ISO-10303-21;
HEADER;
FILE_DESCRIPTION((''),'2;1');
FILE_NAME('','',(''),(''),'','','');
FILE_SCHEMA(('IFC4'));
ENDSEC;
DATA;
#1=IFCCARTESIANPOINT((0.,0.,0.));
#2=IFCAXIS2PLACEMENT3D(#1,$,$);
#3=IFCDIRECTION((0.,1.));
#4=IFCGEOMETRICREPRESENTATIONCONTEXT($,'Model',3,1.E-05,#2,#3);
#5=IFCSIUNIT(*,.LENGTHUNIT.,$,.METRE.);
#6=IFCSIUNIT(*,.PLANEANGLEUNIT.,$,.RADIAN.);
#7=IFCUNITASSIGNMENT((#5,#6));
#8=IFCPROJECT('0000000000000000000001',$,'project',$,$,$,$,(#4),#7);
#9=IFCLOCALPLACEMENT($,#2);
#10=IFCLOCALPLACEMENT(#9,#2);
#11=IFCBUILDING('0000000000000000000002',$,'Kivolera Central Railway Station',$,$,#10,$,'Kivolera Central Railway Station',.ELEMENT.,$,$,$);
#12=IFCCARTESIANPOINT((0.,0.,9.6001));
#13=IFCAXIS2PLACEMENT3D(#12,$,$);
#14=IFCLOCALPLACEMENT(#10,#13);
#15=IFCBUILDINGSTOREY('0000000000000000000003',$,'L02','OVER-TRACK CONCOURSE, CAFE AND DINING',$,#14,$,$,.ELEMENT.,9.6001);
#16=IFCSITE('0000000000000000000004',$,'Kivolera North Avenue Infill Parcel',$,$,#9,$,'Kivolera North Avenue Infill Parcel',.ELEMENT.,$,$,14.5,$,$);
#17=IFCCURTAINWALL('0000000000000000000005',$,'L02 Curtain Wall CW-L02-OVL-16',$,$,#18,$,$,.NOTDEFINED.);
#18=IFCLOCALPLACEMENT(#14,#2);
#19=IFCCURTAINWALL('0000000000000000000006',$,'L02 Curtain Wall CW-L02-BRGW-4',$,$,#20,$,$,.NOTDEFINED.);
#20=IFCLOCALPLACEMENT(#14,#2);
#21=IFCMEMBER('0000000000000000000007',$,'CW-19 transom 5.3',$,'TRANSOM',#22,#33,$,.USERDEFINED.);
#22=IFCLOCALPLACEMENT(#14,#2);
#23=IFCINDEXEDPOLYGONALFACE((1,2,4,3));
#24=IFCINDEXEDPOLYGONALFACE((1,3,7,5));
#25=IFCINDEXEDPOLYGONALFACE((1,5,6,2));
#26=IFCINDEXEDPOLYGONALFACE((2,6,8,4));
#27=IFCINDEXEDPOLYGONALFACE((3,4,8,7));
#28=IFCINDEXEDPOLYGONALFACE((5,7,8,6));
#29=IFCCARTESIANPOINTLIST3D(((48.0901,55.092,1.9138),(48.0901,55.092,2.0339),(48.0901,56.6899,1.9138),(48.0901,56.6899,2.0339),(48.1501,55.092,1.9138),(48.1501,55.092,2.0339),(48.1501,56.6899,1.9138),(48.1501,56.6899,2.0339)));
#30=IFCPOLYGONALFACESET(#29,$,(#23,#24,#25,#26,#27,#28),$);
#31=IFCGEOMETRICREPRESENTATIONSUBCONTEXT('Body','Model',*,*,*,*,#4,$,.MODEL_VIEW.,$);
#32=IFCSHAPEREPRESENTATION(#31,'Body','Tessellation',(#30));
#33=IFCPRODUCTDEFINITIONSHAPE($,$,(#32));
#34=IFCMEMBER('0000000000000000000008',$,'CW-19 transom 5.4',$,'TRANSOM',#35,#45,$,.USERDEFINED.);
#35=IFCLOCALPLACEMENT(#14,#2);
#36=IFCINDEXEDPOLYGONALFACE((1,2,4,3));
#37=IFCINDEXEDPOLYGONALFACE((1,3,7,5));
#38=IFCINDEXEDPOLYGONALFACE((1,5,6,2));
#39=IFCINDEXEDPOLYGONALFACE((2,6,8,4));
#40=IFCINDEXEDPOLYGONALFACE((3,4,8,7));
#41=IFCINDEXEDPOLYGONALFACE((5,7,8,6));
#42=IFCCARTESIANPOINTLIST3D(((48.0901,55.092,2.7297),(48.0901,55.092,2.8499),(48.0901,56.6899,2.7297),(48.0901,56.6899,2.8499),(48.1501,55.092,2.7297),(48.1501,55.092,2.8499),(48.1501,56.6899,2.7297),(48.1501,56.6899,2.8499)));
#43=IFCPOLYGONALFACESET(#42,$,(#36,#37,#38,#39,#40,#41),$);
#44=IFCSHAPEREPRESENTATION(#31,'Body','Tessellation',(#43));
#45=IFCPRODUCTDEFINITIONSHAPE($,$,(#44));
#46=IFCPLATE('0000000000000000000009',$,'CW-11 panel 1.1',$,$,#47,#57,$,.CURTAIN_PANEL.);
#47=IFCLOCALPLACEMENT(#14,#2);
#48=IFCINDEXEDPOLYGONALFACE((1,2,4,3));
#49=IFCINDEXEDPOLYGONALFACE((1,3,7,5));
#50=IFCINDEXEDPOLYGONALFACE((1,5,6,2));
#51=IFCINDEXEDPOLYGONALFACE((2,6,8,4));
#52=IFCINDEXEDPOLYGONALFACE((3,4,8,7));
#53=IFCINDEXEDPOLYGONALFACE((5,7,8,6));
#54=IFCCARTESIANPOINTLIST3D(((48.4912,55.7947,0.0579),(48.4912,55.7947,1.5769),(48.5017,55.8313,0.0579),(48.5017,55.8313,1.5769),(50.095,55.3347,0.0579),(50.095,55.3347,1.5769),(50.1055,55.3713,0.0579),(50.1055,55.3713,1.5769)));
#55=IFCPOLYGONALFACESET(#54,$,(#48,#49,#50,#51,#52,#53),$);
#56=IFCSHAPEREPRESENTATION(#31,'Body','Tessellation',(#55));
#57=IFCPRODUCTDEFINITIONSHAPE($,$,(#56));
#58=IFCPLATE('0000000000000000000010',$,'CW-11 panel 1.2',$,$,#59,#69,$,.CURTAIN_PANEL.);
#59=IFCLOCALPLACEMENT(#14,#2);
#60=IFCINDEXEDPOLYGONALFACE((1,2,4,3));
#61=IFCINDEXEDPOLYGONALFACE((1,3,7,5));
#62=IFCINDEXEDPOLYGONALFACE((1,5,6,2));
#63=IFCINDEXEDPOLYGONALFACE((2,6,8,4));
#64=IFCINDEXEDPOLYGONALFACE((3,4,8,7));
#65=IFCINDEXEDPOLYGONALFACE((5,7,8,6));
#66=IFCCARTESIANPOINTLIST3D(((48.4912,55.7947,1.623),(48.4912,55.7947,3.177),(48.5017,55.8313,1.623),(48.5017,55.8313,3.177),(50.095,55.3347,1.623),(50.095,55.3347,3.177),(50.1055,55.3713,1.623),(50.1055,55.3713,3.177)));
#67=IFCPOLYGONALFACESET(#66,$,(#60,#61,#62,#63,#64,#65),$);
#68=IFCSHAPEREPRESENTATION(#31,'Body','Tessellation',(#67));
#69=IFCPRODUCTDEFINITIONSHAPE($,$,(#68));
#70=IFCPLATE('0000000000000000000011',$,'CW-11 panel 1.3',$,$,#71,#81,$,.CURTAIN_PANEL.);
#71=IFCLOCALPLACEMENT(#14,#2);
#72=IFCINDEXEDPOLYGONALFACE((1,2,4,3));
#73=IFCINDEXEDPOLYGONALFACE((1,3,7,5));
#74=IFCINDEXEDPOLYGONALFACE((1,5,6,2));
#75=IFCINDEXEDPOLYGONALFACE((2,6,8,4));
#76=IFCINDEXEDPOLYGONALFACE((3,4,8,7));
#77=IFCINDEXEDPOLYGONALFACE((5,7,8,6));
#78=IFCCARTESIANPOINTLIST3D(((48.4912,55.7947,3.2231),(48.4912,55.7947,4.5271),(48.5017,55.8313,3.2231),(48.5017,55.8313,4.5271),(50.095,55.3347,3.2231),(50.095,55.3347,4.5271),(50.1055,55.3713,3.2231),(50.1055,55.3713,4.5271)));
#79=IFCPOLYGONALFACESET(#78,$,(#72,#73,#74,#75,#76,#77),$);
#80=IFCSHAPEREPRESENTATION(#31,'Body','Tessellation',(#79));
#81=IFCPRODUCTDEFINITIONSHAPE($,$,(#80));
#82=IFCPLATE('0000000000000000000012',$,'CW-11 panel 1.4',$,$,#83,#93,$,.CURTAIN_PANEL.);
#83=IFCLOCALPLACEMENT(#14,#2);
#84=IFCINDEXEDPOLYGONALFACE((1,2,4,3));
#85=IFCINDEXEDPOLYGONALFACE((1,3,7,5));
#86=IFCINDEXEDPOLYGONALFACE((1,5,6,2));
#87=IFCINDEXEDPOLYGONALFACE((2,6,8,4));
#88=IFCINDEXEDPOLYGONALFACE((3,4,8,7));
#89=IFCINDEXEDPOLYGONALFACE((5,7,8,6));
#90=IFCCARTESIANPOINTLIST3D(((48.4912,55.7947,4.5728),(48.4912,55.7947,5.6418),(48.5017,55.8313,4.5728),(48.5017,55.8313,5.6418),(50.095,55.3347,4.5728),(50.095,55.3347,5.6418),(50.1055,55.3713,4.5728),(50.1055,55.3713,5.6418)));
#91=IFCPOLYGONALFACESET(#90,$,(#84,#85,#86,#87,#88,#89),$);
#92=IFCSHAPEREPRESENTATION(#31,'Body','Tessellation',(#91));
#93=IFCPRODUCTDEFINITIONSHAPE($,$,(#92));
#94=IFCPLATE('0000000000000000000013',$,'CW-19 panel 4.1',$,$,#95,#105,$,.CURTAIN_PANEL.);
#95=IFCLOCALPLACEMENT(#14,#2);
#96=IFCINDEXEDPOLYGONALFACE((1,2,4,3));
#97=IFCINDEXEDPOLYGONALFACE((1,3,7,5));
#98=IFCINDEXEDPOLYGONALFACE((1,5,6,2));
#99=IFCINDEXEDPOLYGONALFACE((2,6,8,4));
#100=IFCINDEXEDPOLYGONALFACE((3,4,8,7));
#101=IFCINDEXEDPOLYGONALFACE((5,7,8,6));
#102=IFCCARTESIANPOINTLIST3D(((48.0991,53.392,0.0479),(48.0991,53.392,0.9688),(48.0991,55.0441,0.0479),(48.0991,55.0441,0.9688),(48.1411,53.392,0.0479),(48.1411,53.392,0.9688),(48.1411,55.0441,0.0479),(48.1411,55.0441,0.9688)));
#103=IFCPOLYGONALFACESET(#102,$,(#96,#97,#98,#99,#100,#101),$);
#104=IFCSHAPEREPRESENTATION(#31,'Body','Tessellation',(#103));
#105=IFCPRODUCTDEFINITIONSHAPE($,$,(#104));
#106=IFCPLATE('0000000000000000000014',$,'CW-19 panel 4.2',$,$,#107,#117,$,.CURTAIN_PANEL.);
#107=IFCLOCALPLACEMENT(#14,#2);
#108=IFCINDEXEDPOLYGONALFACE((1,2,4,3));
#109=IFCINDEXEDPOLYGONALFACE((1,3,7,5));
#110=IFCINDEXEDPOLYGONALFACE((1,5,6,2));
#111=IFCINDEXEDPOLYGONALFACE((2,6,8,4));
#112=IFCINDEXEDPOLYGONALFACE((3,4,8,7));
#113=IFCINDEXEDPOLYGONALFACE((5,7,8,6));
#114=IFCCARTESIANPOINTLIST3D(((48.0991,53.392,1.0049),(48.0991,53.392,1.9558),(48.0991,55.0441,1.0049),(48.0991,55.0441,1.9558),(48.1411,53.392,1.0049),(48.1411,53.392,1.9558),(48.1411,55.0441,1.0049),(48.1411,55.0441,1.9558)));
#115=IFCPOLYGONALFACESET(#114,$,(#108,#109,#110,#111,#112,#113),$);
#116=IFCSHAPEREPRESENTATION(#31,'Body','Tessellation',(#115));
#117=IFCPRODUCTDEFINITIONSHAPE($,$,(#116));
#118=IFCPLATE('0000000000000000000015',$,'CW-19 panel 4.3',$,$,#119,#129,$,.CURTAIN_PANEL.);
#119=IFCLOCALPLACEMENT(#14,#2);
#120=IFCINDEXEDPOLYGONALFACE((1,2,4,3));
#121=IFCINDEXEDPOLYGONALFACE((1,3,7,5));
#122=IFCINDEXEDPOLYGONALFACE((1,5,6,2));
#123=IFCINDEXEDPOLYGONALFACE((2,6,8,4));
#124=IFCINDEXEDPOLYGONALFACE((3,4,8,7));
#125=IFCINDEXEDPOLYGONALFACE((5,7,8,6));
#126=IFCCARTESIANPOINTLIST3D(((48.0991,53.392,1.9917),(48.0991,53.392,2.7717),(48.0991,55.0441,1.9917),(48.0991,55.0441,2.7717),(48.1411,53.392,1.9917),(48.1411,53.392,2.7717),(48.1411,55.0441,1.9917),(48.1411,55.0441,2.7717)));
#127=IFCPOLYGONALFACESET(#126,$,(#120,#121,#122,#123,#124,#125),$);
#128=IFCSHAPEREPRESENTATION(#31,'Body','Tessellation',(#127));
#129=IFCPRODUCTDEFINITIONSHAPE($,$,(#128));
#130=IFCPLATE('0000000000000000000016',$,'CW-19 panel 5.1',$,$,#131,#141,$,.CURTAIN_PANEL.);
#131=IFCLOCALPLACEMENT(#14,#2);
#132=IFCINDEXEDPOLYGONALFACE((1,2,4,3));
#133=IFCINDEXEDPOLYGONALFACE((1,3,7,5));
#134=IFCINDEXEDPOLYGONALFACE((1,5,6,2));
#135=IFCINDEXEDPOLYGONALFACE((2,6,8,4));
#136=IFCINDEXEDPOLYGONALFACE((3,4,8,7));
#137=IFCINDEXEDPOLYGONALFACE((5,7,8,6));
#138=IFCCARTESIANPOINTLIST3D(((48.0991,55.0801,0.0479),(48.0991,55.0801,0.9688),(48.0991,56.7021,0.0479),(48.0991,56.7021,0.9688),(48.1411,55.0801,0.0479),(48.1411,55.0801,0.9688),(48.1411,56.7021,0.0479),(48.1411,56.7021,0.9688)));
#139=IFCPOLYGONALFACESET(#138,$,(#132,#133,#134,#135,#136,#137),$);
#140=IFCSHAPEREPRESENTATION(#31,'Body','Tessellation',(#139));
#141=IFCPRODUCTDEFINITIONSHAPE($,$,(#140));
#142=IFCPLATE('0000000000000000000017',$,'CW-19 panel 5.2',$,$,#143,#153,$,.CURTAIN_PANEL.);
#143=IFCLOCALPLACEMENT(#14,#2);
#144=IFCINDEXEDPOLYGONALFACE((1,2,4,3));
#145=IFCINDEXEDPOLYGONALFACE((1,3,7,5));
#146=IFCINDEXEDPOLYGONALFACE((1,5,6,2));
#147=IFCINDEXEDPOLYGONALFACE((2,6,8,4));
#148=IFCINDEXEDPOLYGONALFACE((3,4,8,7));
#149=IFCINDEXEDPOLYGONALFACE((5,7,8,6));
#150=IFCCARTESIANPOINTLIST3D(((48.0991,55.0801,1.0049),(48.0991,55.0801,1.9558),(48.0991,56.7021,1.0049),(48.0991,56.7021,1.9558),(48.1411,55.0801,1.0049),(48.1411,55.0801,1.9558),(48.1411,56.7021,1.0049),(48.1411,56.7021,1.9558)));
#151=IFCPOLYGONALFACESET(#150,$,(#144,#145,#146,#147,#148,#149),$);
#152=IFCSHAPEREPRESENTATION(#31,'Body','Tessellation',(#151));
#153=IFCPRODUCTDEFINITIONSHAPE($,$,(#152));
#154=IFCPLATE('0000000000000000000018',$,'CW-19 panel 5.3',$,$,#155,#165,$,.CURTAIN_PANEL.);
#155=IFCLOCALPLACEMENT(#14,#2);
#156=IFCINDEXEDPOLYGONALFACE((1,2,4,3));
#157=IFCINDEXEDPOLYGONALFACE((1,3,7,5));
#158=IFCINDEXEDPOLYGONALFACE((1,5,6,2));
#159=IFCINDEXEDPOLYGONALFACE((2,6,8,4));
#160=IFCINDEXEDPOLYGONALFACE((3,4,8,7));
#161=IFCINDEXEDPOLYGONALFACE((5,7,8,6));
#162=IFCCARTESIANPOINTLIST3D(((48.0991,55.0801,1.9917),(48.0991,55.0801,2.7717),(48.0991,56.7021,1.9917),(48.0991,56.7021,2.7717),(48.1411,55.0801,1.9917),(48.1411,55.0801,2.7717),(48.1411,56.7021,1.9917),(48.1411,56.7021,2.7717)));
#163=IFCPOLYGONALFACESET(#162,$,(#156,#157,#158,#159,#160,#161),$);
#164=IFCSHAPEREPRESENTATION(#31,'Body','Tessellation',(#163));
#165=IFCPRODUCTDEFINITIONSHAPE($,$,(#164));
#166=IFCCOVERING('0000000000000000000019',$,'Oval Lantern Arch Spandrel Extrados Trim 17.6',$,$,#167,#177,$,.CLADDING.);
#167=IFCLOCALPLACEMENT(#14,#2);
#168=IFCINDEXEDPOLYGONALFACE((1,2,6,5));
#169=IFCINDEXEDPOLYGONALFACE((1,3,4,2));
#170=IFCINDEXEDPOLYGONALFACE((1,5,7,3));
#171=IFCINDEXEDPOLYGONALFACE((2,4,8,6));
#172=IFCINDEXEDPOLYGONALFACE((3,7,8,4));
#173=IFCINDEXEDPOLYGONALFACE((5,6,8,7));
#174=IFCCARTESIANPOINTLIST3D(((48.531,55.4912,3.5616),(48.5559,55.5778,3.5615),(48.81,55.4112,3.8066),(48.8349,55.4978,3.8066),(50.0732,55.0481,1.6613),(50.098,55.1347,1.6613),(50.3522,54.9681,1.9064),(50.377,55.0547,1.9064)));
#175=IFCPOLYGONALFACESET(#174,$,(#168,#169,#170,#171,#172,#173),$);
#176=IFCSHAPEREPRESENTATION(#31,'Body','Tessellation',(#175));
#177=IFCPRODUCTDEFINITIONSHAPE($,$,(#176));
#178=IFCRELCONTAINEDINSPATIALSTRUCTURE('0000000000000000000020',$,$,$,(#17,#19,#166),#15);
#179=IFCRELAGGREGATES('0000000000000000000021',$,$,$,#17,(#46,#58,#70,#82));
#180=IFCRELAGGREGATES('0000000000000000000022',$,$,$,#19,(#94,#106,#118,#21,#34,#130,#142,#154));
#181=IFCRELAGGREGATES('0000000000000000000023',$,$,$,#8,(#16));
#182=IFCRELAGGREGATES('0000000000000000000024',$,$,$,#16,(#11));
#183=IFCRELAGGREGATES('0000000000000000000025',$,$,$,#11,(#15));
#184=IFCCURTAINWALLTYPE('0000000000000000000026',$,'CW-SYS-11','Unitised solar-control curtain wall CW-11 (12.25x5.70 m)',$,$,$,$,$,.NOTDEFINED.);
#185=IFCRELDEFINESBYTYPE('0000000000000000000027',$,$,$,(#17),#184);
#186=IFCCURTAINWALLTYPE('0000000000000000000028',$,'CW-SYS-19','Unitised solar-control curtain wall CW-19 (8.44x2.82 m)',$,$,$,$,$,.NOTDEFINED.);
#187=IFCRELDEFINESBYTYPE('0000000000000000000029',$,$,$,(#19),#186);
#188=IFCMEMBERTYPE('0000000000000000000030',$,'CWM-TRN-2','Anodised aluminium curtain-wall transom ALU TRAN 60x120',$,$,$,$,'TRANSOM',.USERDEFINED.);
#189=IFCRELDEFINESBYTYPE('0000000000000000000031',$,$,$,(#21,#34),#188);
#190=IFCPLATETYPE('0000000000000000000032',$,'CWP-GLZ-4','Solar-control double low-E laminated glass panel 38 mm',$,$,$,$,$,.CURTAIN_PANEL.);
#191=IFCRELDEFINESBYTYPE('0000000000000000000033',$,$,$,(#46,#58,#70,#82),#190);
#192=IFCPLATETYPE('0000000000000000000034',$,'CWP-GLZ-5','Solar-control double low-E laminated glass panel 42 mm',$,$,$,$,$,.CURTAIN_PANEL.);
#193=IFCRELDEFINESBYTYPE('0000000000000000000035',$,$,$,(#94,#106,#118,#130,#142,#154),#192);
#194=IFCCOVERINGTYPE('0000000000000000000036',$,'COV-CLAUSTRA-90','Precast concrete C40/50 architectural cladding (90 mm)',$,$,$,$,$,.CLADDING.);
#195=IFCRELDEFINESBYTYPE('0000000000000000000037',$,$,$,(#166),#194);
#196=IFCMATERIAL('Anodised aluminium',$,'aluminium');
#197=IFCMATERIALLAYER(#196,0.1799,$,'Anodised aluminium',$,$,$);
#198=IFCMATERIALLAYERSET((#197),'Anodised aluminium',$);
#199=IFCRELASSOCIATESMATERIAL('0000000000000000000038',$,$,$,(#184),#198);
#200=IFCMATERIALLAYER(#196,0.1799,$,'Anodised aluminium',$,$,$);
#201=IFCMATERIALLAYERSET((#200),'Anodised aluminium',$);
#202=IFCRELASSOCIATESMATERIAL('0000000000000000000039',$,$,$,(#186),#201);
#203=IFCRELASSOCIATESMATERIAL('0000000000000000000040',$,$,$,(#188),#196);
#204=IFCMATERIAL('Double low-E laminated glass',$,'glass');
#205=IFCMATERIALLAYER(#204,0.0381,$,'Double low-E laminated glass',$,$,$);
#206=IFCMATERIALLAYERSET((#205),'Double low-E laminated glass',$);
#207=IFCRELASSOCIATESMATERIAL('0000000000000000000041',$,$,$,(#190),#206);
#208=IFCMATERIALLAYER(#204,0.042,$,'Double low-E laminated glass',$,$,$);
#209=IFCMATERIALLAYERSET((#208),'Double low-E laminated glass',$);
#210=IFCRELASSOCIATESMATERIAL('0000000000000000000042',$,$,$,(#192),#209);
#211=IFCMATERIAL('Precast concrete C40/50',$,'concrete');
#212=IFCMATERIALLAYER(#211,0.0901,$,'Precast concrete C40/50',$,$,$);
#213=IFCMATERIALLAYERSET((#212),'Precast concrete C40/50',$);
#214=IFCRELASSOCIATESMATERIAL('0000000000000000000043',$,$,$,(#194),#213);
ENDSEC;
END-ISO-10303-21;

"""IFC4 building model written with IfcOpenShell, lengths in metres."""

from ifc_helpers import new_model, si_unit, direction, frame, origin, origin_2d, place, context, subcontext, project, spatial, rectangle, extrude, material, layer, layer_set, material_profile, profile_set, type_object, element, aggregate, save


model = new_model("IFC4")

# Units and contexts
model_context = context("Model", 3, precision=1e-05, world=origin(), true_north=direction((0.0, 1.0)))
body_context = subcontext(model_context, "Body", "Model", "MODEL_VIEW")
ifc_project = project(units=[si_unit("LENGTHUNIT", "METRE"), si_unit("PLANEANGLEUNIT", "RADIAN")], contexts=[model_context])

# Site, building, storey
site_placement = place(None, origin())
site = spatial("IfcSite", under=ifc_project, at=site_placement, Name="Kivolera North Avenue Infill Parcel", LongName="Kivolera North Avenue Infill Parcel", CompositionType="ELEMENT", RefElevation=14.5)
building_placement = place(site_placement, origin())
building = spatial("IfcBuilding", under=site, at=building_placement, Name="Kivolera Central Railway Station", LongName="Kivolera Central Railway Station", CompositionType="ELEMENT")
storey_placement = place(building_placement, frame((0.0, 0.0, 9.6001)))
storey = spatial("IfcBuildingStorey", under=building, at=storey_placement, Name="L02", Description="OVER-TRACK CONCOURSE, CAFE AND DINING", CompositionType="ELEMENT", Elevation=9.6001)

# Curtain walls
ifc_material_1 = material(Name="Anodised aluminium", Category="aluminium")
ifc_layer_1 = layer(ifc_material_1, 0.1799, Name="Anodised aluminium")
ifc_layer_set_1 = layer_set([ifc_layer_1], Name="Anodised aluminium")
curtain_wall_type_1 = type_object("IfcCurtainWallType", Name="CW-SYS-11", Description="Unitised solar-control curtain wall CW-11 (12.25x5.70 m)", PredefinedType="NOTDEFINED", material=ifc_layer_set_1)
curtain_wall_1_placement = place(storey_placement, origin())
curtain_wall_1 = element("IfcCurtainWall", 1, at=curtain_wall_1_placement, inside=storey, type_object=curtain_wall_type_1, Name="L02 Curtain Wall CW-L02-OVL-16", PredefinedType="NOTDEFINED")
ifc_layer_2 = layer(ifc_material_1, 0.1799, Name="Anodised aluminium")
ifc_layer_set_2 = layer_set([ifc_layer_2], Name="Anodised aluminium")
curtain_wall_type_2 = type_object("IfcCurtainWallType", Name="CW-SYS-19", Description="Unitised solar-control curtain wall CW-19 (8.44x2.82 m)", PredefinedType="NOTDEFINED", material=ifc_layer_set_2)
curtain_wall_2_placement = place(storey_placement, origin())
curtain_wall_2 = element("IfcCurtainWall", 2, at=curtain_wall_2_placement, inside=storey, type_object=curtain_wall_type_2, Name="L02 Curtain Wall CW-L02-BRGW-4", PredefinedType="NOTDEFINED")

# Members
ifc_material_profile_1 = material_profile(ifc_material_1, rectangle(XDim=0.0601, YDim=0.1201, at=origin_2d()), Name="ALU TRAN 60x120")
ifc_profile_set_1 = profile_set([ifc_material_profile_1], Name="Anodised aluminium")
member_type_1 = type_object("IfcMemberType", Name="CWM-TRN-2", Description="Anodised aluminium curtain-wall transom ALU TRAN 60x120", ElementType="TRANSOM", PredefinedType="USERDEFINED", material=ifc_profile_set_1)
member_1_placement = place(storey_placement, frame((48.1201, 55.092, 1.9739), z_axis=(0.0, 1.0, 0.0), x_axis=(-1.0, 0.0, 0.0)))
member_1 = element("IfcMember", 3, at=member_1_placement, type_object=member_type_1, Name="CW-19 transom 5.3", ObjectType="TRANSOM", PredefinedType="USERDEFINED", context=body_context, shape_type="SweptSolid", body=[
    extrude(rectangle(XDim=0.0601, YDim=0.1201, at=origin_2d()), origin(), (0.0, 0.0, 1.0), 1.5979),
])
member_2_placement = place(storey_placement, frame((48.1201, 55.092, 2.7898), z_axis=(0.0, 1.0, 0.0), x_axis=(-1.0, 0.0, 0.0)))
member_2 = element("IfcMember", 4, at=member_2_placement, type_object=member_type_1, Name="CW-19 transom 5.4", ObjectType="TRANSOM", PredefinedType="USERDEFINED", context=body_context, shape_type="SweptSolid", body=[
    extrude(rectangle(XDim=0.0601, YDim=0.1201, at=origin_2d()), origin(), (0.0, 0.0, 1.0), 1.5979),
])

# Plates
ifc_material_2 = material(Name="Double low-E laminated glass", Category="glass")
ifc_layer_3 = layer(ifc_material_2, 0.0381, Name="Double low-E laminated glass")
ifc_layer_set_3 = layer_set([ifc_layer_3], Name="Double low-E laminated glass")
plate_type_1 = type_object("IfcPlateType", Name="CWP-GLZ-4", Description="Solar-control double low-E laminated glass panel 38 mm", PredefinedType="CURTAIN_PANEL", material=ifc_layer_set_3)
plate_1_placement = place(storey_placement, frame((49.2983, 55.583, 0.0579), z_axis=(0.0, 0.0, 1.0), x_axis=(-0.961246, 0.275692, 0.0)))
plate_1 = element("IfcPlate", 5, at=plate_1_placement, type_object=plate_type_1, Name="CW-11 panel 1.1", PredefinedType="CURTAIN_PANEL", context=body_context, shape_type="SweptSolid", body=[
    extrude(rectangle(XDim=1.6685, YDim=0.0381, at=origin_2d()), origin(), (0.0, 0.0, 1.0), 1.519),
])
plate_2_placement = place(storey_placement, frame((49.2983, 55.583, 1.623), z_axis=(0.0, 0.0, 1.0), x_axis=(-0.961246, 0.275692, 0.0)))
plate_2 = element("IfcPlate", 6, at=plate_2_placement, type_object=plate_type_1, Name="CW-11 panel 1.2", PredefinedType="CURTAIN_PANEL", context=body_context, shape_type="SweptSolid", body=[
    extrude(rectangle(XDim=1.6685, YDim=0.0381, at=origin_2d()), origin(), (0.0, 0.0, 1.0), 1.554),
])
plate_3_placement = place(storey_placement, frame((49.2983, 55.583, 3.2231), z_axis=(0.0, 0.0, 1.0), x_axis=(-0.961246, 0.275692, 0.0)))
plate_3 = element("IfcPlate", 7, at=plate_3_placement, type_object=plate_type_1, Name="CW-11 panel 1.3", PredefinedType="CURTAIN_PANEL", context=body_context, shape_type="SweptSolid", body=[
    extrude(rectangle(XDim=1.6685, YDim=0.0381, at=origin_2d()), origin(), (0.0, 0.0, 1.0), 1.304),
])
plate_4_placement = place(storey_placement, frame((49.2983, 55.583, 4.5728), z_axis=(0.0, 0.0, 1.0), x_axis=(-0.961246, 0.275692, 0.0)))
plate_4 = element("IfcPlate", 8, at=plate_4_placement, type_object=plate_type_1, Name="CW-11 panel 1.4", PredefinedType="CURTAIN_PANEL", context=body_context, shape_type="SweptSolid", body=[
    extrude(rectangle(XDim=1.6685, YDim=0.0381, at=origin_2d()), origin(), (0.0, 0.0, 1.0), 1.0691),
])
aggregate(curtain_wall_1, [plate_1, plate_2, plate_3, plate_4])
ifc_layer_4 = layer(ifc_material_2, 0.042, Name="Double low-E laminated glass")
ifc_layer_set_4 = layer_set([ifc_layer_4], Name="Double low-E laminated glass")
plate_type_2 = type_object("IfcPlateType", Name="CWP-GLZ-5", Description="Solar-control double low-E laminated glass panel 42 mm", PredefinedType="CURTAIN_PANEL", material=ifc_layer_set_4)
plate_5_placement = place(storey_placement, frame((48.1201, 54.218, 0.0479), z_axis=(0.0, 0.0, 1.0), x_axis=(0.0, 1.0, 0.0)))
plate_5 = element("IfcPlate", 9, at=plate_5_placement, type_object=plate_type_2, Name="CW-19 panel 4.1", PredefinedType="CURTAIN_PANEL", context=body_context, shape_type="SweptSolid", body=[
    extrude(rectangle(XDim=1.6521, YDim=0.042, at=origin_2d()), origin(), (0.0, 0.0, 1.0), 0.9209),
])
plate_6_placement = place(storey_placement, frame((48.1201, 54.218, 1.0049), z_axis=(0.0, 0.0, 1.0), x_axis=(0.0, 1.0, 0.0)))
plate_6 = element("IfcPlate", 10, at=plate_6_placement, type_object=plate_type_2, Name="CW-19 panel 4.2", PredefinedType="CURTAIN_PANEL", context=body_context, shape_type="SweptSolid", body=[
    extrude(rectangle(XDim=1.6521, YDim=0.042, at=origin_2d()), origin(), (0.0, 0.0, 1.0), 0.9509),
])
plate_7_placement = place(storey_placement, frame((48.1201, 54.218, 1.9917), z_axis=(0.0, 0.0, 1.0), x_axis=(0.0, 1.0, 0.0)))
plate_7 = element("IfcPlate", 11, at=plate_7_placement, type_object=plate_type_2, Name="CW-19 panel 4.3", PredefinedType="CURTAIN_PANEL", context=body_context, shape_type="SweptSolid", body=[
    extrude(rectangle(XDim=1.6521, YDim=0.042, at=origin_2d()), origin(), (0.0, 0.0, 1.0), 0.78),
])
plate_8_placement = place(storey_placement, frame((48.1201, 55.8911, 0.0479), z_axis=(0.0, 0.0, 1.0), x_axis=(0.0, 1.0, 0.0)))
plate_8 = element("IfcPlate", 12, at=plate_8_placement, type_object=plate_type_2, Name="CW-19 panel 5.1", PredefinedType="CURTAIN_PANEL", context=body_context, shape_type="SweptSolid", body=[
    extrude(rectangle(XDim=1.6221, YDim=0.042, at=origin_2d()), origin(), (0.0, 0.0, 1.0), 0.9209),
])
plate_9_placement = place(storey_placement, frame((48.1201, 55.8911, 1.0049), z_axis=(0.0, 0.0, 1.0), x_axis=(0.0, 1.0, 0.0)))
plate_9 = element("IfcPlate", 13, at=plate_9_placement, type_object=plate_type_2, Name="CW-19 panel 5.2", PredefinedType="CURTAIN_PANEL", context=body_context, shape_type="SweptSolid", body=[
    extrude(rectangle(XDim=1.6221, YDim=0.042, at=origin_2d()), origin(), (0.0, 0.0, 1.0), 0.9509),
])
plate_10_placement = place(storey_placement, frame((48.1201, 55.8911, 1.9917), z_axis=(0.0, 0.0, 1.0), x_axis=(0.0, 1.0, 0.0)))
plate_10 = element("IfcPlate", 14, at=plate_10_placement, type_object=plate_type_2, Name="CW-19 panel 5.3", PredefinedType="CURTAIN_PANEL", context=body_context, shape_type="SweptSolid", body=[
    extrude(rectangle(XDim=1.6221, YDim=0.042, at=origin_2d()), origin(), (0.0, 0.0, 1.0), 0.78),
])
aggregate(curtain_wall_2, [plate_5, plate_6, plate_7, member_1, member_2, plate_8, plate_9, plate_10])

# Covering
ifc_material_3 = material(Name="Precast concrete C40/50", Category="concrete")
ifc_layer_5 = layer(ifc_material_3, 0.0901, Name="Precast concrete C40/50")
ifc_layer_set_5 = layer_set([ifc_layer_5], Name="Precast concrete C40/50")
covering_type = type_object("IfcCoveringType", Name="COV-CLAUSTRA-90", Description="Precast concrete C40/50 architectural cladding (90 mm)", PredefinedType="CLADDING", material=ifc_layer_set_5)
covering_placement = place(storey_placement, frame((49.4541, 55.2729, 2.7339), z_axis=(0.620082, -0.178143, -0.764044), x_axis=(-0.275632, -0.961263, 0.0)))
element("IfcCovering", 15, at=covering_placement, inside=storey, type_object=covering_type, Name="Oval Lantern Arch Spandrel Extrados Trim 17.6", PredefinedType="CLADDING", context=body_context, shape_type="SweptSolid", body=[
    extrude(rectangle(XDim=0.0901, YDim=0.3799, at=origin_2d()), frame((0.0, 0.0, -1.2437)), (0.0, 0.0, 1.0), 2.4871),
])

save(model, "model.ifc")
